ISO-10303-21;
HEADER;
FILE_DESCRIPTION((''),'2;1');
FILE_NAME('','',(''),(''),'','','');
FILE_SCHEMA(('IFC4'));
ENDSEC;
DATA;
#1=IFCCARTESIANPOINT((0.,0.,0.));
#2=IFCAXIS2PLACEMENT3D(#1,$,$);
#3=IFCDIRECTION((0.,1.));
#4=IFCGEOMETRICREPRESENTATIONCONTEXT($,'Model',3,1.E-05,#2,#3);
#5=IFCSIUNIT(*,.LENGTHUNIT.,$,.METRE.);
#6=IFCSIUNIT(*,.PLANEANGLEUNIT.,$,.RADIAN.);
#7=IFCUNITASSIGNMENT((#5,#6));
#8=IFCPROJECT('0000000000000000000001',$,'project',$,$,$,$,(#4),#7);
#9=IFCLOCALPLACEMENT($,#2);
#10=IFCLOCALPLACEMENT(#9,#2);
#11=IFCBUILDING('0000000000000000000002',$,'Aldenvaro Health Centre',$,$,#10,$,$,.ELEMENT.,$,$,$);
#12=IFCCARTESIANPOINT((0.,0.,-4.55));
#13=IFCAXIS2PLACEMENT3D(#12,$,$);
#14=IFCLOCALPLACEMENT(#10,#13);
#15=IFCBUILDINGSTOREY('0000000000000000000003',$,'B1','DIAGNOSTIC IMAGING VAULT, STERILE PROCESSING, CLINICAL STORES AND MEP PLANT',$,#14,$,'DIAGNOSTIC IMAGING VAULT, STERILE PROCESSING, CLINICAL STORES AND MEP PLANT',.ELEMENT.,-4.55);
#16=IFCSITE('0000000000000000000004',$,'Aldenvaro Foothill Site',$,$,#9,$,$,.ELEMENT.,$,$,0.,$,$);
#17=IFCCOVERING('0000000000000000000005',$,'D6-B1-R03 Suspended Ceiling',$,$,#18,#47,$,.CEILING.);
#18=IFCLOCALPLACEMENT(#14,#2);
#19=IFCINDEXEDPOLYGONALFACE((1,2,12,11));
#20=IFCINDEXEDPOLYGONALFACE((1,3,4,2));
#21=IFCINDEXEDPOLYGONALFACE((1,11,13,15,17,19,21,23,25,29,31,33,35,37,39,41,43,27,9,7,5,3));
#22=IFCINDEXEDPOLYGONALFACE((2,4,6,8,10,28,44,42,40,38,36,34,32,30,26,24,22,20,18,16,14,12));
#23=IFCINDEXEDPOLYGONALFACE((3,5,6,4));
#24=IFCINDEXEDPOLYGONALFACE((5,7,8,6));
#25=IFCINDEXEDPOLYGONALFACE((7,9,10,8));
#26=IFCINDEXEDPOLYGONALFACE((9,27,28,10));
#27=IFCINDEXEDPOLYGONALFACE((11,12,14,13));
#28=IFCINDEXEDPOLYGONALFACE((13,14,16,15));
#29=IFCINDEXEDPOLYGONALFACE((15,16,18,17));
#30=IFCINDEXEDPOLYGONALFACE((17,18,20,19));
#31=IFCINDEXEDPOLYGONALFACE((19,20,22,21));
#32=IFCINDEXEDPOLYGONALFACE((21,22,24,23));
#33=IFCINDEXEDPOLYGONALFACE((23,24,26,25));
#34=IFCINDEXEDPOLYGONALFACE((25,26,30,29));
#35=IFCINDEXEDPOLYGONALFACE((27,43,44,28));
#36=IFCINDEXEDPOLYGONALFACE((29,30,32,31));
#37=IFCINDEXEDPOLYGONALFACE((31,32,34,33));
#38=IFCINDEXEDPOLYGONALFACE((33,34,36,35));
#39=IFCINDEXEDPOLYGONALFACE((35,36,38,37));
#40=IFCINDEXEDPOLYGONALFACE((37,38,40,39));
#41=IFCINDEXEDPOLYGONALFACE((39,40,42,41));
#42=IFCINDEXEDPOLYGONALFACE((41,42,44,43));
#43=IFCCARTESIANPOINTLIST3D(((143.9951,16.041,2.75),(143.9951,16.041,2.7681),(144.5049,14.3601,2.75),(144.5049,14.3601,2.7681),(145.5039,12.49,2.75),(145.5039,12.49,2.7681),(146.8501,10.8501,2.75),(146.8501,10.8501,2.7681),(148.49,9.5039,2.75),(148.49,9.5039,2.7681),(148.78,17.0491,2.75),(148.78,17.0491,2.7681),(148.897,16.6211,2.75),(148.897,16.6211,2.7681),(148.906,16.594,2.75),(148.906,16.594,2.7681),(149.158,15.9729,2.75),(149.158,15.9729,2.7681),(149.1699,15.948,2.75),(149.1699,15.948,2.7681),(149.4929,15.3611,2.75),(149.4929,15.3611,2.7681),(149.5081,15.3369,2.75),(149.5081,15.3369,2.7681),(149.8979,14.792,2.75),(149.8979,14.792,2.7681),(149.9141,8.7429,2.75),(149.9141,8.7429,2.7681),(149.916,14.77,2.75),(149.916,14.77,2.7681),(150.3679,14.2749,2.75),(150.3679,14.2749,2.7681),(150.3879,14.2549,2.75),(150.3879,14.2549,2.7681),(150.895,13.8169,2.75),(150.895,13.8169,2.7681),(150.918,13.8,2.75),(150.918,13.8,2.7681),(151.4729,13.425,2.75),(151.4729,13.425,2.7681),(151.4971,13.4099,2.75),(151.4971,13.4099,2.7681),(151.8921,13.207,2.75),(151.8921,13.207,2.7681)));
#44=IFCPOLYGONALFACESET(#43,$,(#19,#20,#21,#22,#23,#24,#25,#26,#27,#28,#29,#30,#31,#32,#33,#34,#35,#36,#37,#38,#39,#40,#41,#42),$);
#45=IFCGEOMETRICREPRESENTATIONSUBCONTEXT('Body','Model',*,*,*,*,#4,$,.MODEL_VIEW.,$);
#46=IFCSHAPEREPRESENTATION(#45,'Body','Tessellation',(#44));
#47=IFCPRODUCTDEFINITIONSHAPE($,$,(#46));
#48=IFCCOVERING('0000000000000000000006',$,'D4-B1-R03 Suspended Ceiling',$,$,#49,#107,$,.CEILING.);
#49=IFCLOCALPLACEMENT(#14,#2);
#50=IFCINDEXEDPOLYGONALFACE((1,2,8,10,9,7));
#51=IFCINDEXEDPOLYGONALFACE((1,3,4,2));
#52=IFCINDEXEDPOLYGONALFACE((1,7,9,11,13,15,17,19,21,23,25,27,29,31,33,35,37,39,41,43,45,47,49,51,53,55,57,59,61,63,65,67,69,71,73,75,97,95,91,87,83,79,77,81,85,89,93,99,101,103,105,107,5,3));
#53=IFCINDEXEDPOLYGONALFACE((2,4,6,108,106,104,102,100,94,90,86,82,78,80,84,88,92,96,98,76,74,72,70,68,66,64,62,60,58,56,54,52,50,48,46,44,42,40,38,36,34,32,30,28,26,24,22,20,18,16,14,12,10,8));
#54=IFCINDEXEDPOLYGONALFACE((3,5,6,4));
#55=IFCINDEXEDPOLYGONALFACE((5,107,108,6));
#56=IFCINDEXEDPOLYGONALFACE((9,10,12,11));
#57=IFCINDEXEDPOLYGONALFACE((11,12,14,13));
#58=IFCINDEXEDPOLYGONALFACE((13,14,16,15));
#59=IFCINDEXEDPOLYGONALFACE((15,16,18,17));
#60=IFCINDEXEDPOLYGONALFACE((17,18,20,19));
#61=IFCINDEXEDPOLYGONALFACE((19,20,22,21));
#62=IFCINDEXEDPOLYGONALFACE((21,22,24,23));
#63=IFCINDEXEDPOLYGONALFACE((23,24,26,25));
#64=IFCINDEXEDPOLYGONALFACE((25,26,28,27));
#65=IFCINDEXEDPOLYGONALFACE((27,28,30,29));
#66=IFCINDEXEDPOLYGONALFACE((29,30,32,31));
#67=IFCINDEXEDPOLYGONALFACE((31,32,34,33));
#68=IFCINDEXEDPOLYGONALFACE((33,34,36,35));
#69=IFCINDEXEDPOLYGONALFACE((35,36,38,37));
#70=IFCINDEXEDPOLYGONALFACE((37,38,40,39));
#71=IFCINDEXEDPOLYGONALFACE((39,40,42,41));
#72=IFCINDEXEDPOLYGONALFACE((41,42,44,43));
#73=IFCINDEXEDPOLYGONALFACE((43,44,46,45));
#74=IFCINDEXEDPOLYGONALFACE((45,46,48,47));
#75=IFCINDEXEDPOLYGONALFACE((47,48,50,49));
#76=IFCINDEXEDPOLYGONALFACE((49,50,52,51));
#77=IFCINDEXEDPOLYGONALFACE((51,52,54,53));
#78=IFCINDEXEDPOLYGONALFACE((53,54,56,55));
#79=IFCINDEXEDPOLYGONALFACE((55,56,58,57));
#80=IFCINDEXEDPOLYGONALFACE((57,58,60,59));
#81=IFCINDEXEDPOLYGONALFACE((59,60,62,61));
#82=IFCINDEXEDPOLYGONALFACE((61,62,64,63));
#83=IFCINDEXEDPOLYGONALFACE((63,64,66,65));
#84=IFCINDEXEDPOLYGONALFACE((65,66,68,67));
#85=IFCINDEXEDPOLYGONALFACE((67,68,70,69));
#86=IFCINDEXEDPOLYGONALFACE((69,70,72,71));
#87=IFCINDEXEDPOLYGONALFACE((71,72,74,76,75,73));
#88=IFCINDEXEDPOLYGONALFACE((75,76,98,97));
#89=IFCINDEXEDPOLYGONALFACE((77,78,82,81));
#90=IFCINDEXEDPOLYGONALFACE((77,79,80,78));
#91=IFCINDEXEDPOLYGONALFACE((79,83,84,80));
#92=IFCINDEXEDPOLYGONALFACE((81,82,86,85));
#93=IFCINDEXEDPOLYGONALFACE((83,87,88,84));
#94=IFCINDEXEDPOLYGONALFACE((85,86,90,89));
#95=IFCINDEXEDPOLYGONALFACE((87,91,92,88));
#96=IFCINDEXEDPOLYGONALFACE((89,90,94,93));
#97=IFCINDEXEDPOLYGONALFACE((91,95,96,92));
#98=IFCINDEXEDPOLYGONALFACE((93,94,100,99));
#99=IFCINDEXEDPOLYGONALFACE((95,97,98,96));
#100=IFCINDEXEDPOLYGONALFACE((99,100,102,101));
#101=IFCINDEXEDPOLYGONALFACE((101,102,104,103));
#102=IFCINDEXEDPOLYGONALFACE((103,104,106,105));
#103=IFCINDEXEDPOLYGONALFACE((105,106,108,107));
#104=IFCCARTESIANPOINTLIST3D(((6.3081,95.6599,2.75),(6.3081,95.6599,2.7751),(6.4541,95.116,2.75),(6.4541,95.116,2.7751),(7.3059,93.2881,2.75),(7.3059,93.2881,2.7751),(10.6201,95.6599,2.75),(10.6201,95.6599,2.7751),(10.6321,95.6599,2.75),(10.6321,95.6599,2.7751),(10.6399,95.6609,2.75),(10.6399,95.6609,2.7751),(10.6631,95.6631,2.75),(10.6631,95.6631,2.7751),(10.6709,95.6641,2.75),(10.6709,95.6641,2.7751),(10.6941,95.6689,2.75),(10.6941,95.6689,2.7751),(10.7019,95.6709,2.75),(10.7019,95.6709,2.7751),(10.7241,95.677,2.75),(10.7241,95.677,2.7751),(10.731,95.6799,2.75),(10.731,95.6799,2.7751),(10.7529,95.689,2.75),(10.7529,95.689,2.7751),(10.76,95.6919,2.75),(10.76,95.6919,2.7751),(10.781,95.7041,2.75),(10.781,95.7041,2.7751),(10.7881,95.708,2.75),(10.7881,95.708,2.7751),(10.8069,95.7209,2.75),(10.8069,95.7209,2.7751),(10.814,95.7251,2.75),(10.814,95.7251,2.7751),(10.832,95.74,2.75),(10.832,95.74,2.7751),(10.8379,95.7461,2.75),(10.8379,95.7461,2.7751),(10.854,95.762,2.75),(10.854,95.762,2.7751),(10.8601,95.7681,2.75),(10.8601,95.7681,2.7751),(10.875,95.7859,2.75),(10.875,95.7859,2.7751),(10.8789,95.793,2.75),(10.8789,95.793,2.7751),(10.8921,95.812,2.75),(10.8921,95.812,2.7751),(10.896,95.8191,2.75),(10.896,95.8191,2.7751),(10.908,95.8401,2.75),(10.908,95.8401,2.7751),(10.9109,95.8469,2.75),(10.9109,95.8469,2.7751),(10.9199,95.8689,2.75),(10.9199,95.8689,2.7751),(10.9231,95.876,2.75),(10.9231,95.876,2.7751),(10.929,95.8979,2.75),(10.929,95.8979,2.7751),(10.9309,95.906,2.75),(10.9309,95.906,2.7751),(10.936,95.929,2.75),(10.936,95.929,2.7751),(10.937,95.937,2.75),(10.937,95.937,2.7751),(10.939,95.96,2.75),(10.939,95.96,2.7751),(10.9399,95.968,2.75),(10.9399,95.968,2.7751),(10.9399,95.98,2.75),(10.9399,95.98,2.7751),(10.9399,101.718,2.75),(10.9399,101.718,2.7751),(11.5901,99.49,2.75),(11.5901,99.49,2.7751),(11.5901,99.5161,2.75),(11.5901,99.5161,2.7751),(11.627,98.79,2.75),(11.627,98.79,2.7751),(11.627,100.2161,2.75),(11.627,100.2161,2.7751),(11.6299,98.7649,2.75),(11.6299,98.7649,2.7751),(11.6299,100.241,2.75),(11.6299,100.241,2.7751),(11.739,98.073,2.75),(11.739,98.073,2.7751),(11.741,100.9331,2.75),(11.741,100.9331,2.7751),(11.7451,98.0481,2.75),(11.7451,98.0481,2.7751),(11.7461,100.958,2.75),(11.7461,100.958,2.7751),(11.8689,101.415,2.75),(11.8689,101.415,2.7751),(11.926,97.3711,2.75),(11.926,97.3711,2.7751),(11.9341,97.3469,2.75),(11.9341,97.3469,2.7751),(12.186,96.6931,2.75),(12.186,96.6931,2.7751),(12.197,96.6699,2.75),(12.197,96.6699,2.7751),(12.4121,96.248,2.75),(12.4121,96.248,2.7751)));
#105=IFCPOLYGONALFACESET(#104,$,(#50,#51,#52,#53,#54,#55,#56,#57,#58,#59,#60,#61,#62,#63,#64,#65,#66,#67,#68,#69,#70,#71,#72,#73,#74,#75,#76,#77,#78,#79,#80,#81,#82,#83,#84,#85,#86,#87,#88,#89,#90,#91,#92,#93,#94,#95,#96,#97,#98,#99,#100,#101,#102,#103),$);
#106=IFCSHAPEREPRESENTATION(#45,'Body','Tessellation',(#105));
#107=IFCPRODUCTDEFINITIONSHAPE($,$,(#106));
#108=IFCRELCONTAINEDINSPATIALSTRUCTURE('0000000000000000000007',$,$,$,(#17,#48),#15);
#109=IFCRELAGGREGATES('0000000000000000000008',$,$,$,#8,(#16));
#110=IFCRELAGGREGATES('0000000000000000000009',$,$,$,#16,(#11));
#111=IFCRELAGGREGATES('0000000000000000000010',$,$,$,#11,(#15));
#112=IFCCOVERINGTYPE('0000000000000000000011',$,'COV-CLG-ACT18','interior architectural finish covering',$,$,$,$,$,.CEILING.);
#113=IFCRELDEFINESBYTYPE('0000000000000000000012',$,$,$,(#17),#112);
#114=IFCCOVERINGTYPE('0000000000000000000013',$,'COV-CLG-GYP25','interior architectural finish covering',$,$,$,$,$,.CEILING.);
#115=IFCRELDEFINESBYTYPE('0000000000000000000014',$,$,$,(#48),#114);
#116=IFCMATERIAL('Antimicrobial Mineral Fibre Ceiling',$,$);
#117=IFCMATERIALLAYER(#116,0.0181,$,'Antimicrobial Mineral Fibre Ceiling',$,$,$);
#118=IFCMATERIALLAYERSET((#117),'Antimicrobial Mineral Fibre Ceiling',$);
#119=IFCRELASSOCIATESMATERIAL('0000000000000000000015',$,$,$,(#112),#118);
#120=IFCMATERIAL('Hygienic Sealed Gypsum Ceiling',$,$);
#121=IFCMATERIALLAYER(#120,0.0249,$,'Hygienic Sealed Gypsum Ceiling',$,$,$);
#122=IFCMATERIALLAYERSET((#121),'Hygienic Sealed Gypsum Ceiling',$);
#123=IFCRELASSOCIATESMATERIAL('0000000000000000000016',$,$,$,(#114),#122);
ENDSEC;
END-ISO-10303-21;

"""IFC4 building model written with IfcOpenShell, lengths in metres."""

from ifc_helpers import new_model, si_unit, direction, frame, origin, place, context, subcontext, project, spatial, polyline, outline, extrude, material, layer, layer_set, type_object, element, save


model = new_model("IFC4")

# Units and contexts
model_context = context("Model", 3, precision=1e-05, world=origin(), true_north=direction((0.0, 1.0)))
body_context = subcontext(model_context, "Body", "Model", "MODEL_VIEW")
ifc_project = project(units=[si_unit("LENGTHUNIT", "METRE"), si_unit("PLANEANGLEUNIT", "RADIAN")], contexts=[model_context])

# Site, building, storey
site_placement = place(None, origin())
site = spatial("IfcSite", under=ifc_project, at=site_placement, Name="Aldenvaro Foothill Site", CompositionType="ELEMENT", RefElevation=0.0)
building_placement = place(site_placement, origin())
building = spatial("IfcBuilding", under=site, at=building_placement, Name="Aldenvaro Health Centre", CompositionType="ELEMENT")
storey_placement = place(building_placement, frame((0.0, 0.0, -4.55)))
storey = spatial("IfcBuildingStorey", under=building, at=storey_placement, Name="B1", Description="DIAGNOSTIC IMAGING VAULT, STERILE PROCESSING, CLINICAL STORES AND MEP PLANT", LongName="DIAGNOSTIC IMAGING VAULT, STERILE PROCESSING, CLINICAL STORES AND MEP PLANT", CompositionType="ELEMENT", Elevation=-4.55)

# Coverings
ifc_material_1 = material(Name="Antimicrobial Mineral Fibre Ceiling")
ifc_layer_1 = layer(ifc_material_1, 0.0181, Name="Antimicrobial Mineral Fibre Ceiling")
ifc_layer_set_1 = layer_set([ifc_layer_1], Name="Antimicrobial Mineral Fibre Ceiling")
covering_type_1 = type_object("IfcCoveringType", Name="COV-CLG-ACT18", Description="interior architectural finish covering", PredefinedType="CEILING", material=ifc_layer_set_1)
covering_1_placement = place(storey_placement, frame((0.0, 0.0, 2.75)))
element("IfcCovering", 1, at=covering_1_placement, inside=storey, type_object=covering_type_1, Name="D6-B1-R03 Suspended Ceiling", PredefinedType="CEILING", context=body_context, shape_type="SweptSolid", body=[
    extrude(outline(polyline([(148.897, 16.6211), (148.906, 16.594), (149.158, 15.9729), (149.1699, 15.948), (149.4929, 15.3611), (149.5081, 15.3369), (149.8979, 14.792), (149.916, 14.77), (150.3679, 14.2749), (150.3879, 14.2549), (150.895, 13.8169), (150.918, 13.8), (151.4729, 13.425), (151.4971, 13.4099), (151.8921, 13.207), (149.9141, 8.7429), (148.49, 9.5039), (146.8501, 10.8501), (145.5039, 12.49), (144.5049, 14.3601), (143.9951, 16.041), (148.78, 17.0491), (148.897, 16.6211)])), origin(), (0.0, 0.0, 1.0), 0.0181),
])
ifc_material_2 = material(Name="Hygienic Sealed Gypsum Ceiling")
ifc_layer_2 = layer(ifc_material_2, 0.0249, Name="Hygienic Sealed Gypsum Ceiling")
ifc_layer_set_2 = layer_set([ifc_layer_2], Name="Hygienic Sealed Gypsum Ceiling")
covering_type_2 = type_object("IfcCoveringType", Name="COV-CLG-GYP25", Description="interior architectural finish covering", PredefinedType="CEILING", material=ifc_layer_set_2)
covering_2_placement = place(storey_placement, frame((0.0, 0.0, 2.75)))
element("IfcCovering", 2, at=covering_2_placement, inside=storey, type_object=covering_type_2, Name="D4-B1-R03 Suspended Ceiling", PredefinedType="CEILING", context=body_context, shape_type="SweptSolid", body=[
    extrude(outline(polyline([(7.3059, 93.2881), (6.4541, 95.116), (6.3081, 95.6599), (10.6201, 95.6599), (10.6321, 95.6599), (10.6399, 95.6609), (10.6631, 95.6631), (10.6709, 95.6641), (10.6941, 95.6689), (10.7019, 95.6709), (10.7241, 95.677), (10.731, 95.6799), (10.7529, 95.689), (10.76, 95.6919), (10.781, 95.7041), (10.7881, 95.708), (10.8069, 95.7209), (10.814, 95.7251), (10.832, 95.74), (10.8379, 95.7461), (10.854, 95.762), (10.8601, 95.7681), (10.875, 95.7859), (10.8789, 95.793), (10.8921, 95.812), (10.896, 95.8191), (10.908, 95.8401), (10.9109, 95.8469), (10.9199, 95.8689), (10.9231, 95.876), (10.929, 95.8979), (10.9309, 95.906), (10.936, 95.929), (10.937, 95.937), (10.939, 95.96), (10.9399, 95.968), (10.9399, 95.98), (10.9399, 101.718), (11.8689, 101.415), (11.7461, 100.958), (11.741, 100.9331), (11.6299, 100.241), (11.627, 100.2161), (11.5901, 99.5161), (11.5901, 99.49), (11.627, 98.79), (11.6299, 98.7649), (11.739, 98.073), (11.7451, 98.0481), (11.926, 97.3711), (11.9341, 97.3469), (12.186, 96.6931), (12.197, 96.6699), (12.4121, 96.248), (7.3059, 93.2881)])), origin(), (0.0, 0.0, 1.0), 0.0251),
])

save(model, "model.ifc")
